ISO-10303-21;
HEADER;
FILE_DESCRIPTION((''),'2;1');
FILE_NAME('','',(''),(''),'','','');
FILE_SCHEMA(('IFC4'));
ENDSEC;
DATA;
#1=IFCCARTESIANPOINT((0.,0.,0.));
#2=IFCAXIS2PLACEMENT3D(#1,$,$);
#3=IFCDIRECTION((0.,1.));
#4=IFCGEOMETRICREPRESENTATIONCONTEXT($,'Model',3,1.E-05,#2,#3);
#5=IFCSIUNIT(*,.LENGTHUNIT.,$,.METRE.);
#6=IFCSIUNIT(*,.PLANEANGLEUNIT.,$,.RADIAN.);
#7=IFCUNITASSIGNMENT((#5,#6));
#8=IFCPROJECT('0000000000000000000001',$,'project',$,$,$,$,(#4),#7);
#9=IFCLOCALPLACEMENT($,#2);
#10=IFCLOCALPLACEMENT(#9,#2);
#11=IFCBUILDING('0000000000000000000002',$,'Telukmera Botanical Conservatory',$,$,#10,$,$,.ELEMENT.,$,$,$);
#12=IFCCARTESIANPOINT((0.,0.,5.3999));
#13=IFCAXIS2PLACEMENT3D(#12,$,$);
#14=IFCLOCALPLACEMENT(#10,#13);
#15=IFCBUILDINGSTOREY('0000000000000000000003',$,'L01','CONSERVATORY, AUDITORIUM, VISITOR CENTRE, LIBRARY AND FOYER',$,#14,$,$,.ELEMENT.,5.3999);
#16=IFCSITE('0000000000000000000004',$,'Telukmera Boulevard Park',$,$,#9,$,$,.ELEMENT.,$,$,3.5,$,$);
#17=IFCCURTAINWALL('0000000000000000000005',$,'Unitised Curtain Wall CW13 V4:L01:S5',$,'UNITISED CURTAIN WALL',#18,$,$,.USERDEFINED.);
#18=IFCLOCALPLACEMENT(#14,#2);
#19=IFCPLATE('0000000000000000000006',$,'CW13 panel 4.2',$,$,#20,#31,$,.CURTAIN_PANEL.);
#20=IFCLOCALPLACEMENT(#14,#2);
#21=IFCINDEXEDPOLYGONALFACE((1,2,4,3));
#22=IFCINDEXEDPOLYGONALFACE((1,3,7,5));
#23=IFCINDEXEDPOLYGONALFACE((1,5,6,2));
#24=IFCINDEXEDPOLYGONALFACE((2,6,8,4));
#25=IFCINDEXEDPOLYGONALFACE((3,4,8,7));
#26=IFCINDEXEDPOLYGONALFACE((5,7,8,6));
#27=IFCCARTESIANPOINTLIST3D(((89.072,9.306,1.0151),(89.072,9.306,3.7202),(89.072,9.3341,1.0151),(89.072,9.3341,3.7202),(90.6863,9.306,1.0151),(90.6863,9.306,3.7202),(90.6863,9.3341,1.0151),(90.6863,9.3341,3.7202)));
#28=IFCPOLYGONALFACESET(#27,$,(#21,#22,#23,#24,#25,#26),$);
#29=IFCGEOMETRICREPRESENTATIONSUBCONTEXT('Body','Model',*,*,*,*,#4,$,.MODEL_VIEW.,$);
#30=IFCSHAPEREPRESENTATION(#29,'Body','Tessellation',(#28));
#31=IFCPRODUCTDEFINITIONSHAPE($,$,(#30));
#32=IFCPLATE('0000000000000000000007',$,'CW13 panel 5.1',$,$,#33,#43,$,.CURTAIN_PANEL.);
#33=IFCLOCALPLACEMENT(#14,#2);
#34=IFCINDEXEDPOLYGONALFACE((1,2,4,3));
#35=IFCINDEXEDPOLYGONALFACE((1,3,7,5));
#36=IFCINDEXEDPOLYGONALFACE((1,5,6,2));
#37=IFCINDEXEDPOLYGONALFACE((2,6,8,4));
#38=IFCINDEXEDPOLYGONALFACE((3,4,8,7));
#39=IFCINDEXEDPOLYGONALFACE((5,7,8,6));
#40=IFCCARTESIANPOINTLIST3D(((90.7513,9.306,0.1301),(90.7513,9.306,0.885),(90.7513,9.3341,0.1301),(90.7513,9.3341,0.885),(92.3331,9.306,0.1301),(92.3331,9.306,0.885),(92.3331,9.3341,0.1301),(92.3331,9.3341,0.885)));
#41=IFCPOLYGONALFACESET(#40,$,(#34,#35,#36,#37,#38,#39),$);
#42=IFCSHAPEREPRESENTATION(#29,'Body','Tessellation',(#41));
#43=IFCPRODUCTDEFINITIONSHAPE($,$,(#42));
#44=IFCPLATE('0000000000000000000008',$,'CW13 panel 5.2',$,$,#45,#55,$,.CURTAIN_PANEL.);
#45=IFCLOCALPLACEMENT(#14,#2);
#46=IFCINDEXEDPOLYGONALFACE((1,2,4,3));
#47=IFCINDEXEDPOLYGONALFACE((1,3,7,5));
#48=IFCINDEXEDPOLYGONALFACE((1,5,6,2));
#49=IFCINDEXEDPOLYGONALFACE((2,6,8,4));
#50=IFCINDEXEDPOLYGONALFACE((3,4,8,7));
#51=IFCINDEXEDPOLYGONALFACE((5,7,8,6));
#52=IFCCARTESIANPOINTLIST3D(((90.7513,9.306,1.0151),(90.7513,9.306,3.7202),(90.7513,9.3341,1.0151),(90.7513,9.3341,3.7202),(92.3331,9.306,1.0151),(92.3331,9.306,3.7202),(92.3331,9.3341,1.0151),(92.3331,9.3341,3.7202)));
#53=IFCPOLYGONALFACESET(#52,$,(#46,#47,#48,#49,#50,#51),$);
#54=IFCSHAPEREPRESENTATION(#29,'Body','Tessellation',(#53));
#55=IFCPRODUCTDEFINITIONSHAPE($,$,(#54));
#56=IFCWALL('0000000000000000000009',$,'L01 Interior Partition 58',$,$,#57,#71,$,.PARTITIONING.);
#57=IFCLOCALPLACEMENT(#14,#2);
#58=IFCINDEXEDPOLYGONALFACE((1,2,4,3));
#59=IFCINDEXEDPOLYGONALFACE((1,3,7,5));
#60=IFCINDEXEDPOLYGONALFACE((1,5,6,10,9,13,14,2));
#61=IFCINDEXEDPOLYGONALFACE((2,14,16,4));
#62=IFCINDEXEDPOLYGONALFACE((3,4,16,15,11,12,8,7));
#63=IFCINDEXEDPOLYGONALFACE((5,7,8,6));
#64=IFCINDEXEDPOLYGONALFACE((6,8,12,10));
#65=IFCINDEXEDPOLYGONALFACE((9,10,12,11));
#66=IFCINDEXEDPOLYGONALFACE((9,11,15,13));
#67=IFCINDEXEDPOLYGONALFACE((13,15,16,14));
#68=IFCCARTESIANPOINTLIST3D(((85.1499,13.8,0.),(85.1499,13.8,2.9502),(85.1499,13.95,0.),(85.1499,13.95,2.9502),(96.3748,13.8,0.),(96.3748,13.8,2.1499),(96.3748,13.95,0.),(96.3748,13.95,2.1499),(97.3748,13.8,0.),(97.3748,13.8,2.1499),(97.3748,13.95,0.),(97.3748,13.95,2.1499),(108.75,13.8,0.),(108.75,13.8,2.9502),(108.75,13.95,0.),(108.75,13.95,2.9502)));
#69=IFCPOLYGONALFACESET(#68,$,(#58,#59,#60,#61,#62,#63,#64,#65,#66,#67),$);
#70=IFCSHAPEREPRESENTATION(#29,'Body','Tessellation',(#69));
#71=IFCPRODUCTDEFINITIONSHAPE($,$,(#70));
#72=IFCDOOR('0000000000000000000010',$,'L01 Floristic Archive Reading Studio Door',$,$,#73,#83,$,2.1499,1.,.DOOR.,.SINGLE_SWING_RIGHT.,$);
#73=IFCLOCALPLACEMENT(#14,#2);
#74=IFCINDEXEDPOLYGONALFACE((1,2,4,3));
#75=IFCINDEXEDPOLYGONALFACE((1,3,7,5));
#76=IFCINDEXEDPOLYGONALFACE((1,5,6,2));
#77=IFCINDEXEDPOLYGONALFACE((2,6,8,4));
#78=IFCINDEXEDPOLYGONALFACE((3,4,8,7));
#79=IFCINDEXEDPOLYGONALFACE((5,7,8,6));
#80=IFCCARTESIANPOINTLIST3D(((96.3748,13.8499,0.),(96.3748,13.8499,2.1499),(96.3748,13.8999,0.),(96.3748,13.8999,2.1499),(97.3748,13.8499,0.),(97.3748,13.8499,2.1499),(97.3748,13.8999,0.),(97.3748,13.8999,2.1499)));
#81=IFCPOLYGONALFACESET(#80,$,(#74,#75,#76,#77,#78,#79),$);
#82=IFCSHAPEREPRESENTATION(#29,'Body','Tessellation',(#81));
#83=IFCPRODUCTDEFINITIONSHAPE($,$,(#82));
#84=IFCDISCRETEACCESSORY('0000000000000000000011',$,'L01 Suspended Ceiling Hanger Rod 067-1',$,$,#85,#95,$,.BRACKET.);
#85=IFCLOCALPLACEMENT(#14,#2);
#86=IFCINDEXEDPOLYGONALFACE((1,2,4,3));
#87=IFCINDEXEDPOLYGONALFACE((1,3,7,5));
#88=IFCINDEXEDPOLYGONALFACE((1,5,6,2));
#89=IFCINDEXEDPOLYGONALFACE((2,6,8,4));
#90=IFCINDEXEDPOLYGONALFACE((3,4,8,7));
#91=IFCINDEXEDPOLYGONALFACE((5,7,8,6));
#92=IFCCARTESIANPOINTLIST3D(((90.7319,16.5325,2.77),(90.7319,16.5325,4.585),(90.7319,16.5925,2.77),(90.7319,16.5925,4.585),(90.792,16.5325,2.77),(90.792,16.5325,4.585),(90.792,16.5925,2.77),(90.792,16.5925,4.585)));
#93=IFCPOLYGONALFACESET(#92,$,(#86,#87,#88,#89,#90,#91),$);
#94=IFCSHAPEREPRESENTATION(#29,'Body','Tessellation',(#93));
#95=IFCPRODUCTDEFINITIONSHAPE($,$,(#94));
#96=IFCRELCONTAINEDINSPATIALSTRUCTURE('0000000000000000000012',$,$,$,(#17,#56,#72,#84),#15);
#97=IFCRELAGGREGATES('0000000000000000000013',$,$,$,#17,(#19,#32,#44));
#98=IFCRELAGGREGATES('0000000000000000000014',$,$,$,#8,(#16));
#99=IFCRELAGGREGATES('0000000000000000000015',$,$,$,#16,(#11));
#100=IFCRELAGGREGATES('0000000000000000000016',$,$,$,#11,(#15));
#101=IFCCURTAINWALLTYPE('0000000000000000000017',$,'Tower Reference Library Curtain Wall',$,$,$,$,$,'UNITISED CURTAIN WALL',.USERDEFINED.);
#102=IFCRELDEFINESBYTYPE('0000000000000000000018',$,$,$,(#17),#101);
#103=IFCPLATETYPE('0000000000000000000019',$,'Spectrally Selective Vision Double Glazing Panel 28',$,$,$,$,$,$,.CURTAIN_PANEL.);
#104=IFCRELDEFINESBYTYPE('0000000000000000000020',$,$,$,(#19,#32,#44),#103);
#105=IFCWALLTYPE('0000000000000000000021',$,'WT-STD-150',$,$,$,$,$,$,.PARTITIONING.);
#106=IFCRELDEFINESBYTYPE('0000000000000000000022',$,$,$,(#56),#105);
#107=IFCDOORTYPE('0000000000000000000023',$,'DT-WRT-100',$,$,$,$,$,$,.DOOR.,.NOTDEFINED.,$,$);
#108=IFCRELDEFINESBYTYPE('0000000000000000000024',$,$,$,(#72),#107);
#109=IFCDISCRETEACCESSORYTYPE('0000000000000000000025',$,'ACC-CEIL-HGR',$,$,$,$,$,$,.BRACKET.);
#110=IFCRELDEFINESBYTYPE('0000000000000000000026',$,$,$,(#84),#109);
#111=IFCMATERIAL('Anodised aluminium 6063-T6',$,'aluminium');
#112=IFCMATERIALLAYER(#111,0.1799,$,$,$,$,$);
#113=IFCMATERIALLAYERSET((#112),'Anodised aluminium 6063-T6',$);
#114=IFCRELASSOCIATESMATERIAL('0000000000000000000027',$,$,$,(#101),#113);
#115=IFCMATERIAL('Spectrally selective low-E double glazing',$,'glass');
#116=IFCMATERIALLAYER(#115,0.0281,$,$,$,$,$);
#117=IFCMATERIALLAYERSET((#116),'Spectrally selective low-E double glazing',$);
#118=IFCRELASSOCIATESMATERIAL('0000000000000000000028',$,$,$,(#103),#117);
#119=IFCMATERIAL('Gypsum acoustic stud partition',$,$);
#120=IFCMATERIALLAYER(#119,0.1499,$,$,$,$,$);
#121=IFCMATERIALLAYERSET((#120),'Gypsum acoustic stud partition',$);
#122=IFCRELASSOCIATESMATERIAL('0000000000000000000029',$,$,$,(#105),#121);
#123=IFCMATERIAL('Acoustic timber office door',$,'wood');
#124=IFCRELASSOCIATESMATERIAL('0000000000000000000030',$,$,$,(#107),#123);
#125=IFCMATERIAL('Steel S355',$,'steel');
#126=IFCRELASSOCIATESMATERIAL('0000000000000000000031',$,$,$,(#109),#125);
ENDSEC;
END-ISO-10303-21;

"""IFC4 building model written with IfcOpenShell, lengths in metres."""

from ifc_helpers import new_model, si_unit, direction, frame, frame_2d, origin, origin_2d, place, context, subcontext, project, spatial, rectangle, extrude, material, layer, layer_set, type_object, element, fill, aggregate, save


model = new_model("IFC4")

# Units and contexts
model_context = context("Model", 3, precision=1e-05, world=origin(), true_north=direction((0.0, 1.0)))
body_context = subcontext(model_context, "Body", "Model", "MODEL_VIEW")
ifc_project = project(units=[si_unit("LENGTHUNIT", "METRE"), si_unit("PLANEANGLEUNIT", "RADIAN")], contexts=[model_context])

# Site, building, storey
site_placement = place(None, origin())
site = spatial("IfcSite", under=ifc_project, at=site_placement, Name="Telukmera Boulevard Park", CompositionType="ELEMENT", RefElevation=3.5)
building_placement = place(site_placement, origin())
building = spatial("IfcBuilding", under=site, at=building_placement, Name="Telukmera Botanical Conservatory", CompositionType="ELEMENT")
storey_placement = place(building_placement, frame((0.0, 0.0, 5.3999)))
storey = spatial("IfcBuildingStorey", under=building, at=storey_placement, Name="L01", Description="CONSERVATORY, AUDITORIUM, VISITOR CENTRE, LIBRARY AND FOYER", CompositionType="ELEMENT", Elevation=5.3999)

# Curtain wall
ifc_material_1 = material(Name="Anodised aluminium 6063-T6", Category="aluminium")
ifc_layer_1 = layer(ifc_material_1, 0.1799)
ifc_layer_set_1 = layer_set([ifc_layer_1], Name="Anodised aluminium 6063-T6")
curtain_wall_type = type_object("IfcCurtainWallType", Name="Tower Reference Library Curtain Wall", ElementType="UNITISED CURTAIN WALL", PredefinedType="USERDEFINED", material=ifc_layer_set_1)
curtain_wall_1_placement = place(storey_placement, origin())
curtain_wall_1 = element("IfcCurtainWall", 1, at=curtain_wall_1_placement, inside=storey, type_object=curtain_wall_type, Name="Unitised Curtain Wall CW13 V4:L01:S5", ObjectType="UNITISED CURTAIN WALL", PredefinedType="USERDEFINED")

# Plates
ifc_material_2 = material(Name="Spectrally selective low-E double glazing", Category="glass")
ifc_layer_2 = layer(ifc_material_2, 0.0281)
ifc_layer_set_2 = layer_set([ifc_layer_2], Name="Spectrally selective low-E double glazing")
plate_type = type_object("IfcPlateType", Name="Spectrally Selective Vision Double Glazing Panel 28", PredefinedType="CURTAIN_PANEL", material=ifc_layer_set_2)
plate_1_placement = place(storey_placement, frame((89.8792, 9.3201, 1.0151), z_axis=(0.0, 0.0, 1.0), x_axis=(1.0, 0.0, 0.0)))
plate_1 = element("IfcPlate", 2, at=plate_1_placement, type_object=plate_type, Name="CW13 panel 4.2", PredefinedType="CURTAIN_PANEL", context=body_context, shape_type="SweptSolid", body=[
    extrude(rectangle(XDim=1.6143, YDim=0.0281, at=origin_2d()), origin(), (0.0, 0.0, 1.0), 2.7051),
])
plate_2_placement = place(storey_placement, frame((91.5422, 9.3201, 0.1301), z_axis=(0.0, 0.0, 1.0), x_axis=(1.0, 0.0, 0.0)))
plate_2 = element("IfcPlate", 3, at=plate_2_placement, type_object=plate_type, Name="CW13 panel 5.1", PredefinedType="CURTAIN_PANEL", context=body_context, shape_type="SweptSolid", body=[
    extrude(rectangle(XDim=1.5818, YDim=0.0281, at=origin_2d()), origin(), (0.0, 0.0, 1.0), 0.7549),
])
plate_3_placement = place(storey_placement, frame((91.5422, 9.3201, 1.0151), z_axis=(0.0, 0.0, 1.0), x_axis=(1.0, 0.0, 0.0)))
plate_3 = element("IfcPlate", 4, at=plate_3_placement, type_object=plate_type, Name="CW13 panel 5.2", PredefinedType="CURTAIN_PANEL", context=body_context, shape_type="SweptSolid", body=[
    extrude(rectangle(XDim=1.5818, YDim=0.0281, at=origin_2d()), origin(), (0.0, 0.0, 1.0), 2.7051),
])
aggregate(curtain_wall_1, [plate_1, plate_2, plate_3])

# Wall, opening, door
ifc_material_3 = material(Name="Gypsum acoustic stud partition")
ifc_layer_3 = layer(ifc_material_3, 0.1499)
ifc_layer_set_3 = layer_set([ifc_layer_3], Name="Gypsum acoustic stud partition")
wall_type = type_object("IfcWallType", Name="WT-STD-150", PredefinedType="PARTITIONING", material=ifc_layer_set_3)
wall_1_placement = place(storey_placement, frame((85.1499, 13.875, 0.0), z_axis=(0.0, 0.0, 1.0), x_axis=(1.0, 0.0, 0.0)))
wall_1 = element("IfcWall", 5, at=wall_1_placement, inside=storey, type_object=wall_type, Name="L01 Interior Partition 58", PredefinedType="PARTITIONING", context=body_context, shape_type="SweptSolid", body=[
    extrude(rectangle(XDim=23.6001, YDim=0.1499, at=frame_2d((11.8, 0.0))), origin(), (0.0, 0.0, 1.0), 2.9502),
])
opening_placement = place(wall_1_placement, frame((11.2249, 0.0, 0.0)))
opening = element("IfcOpeningElement", 6, at=opening_placement, cuts=wall_1, PredefinedType="OPENING", context=body_context, shape_type="SweptSolid", body=[
    extrude(rectangle(XDim=1.0, YDim=2.1499, at=frame_2d((0.5, 1.075))), frame((0.0, 0.085, 0.0), z_axis=(0.0, -1.0, 0.0), x_axis=(1.0, 0.0, 0.0)), (0.0, 0.0, 1.0), 0.1699),
])
ifc_material_4 = material(Name="Acoustic timber office door", Category="wood")
door_type = type_object("IfcDoorType", Name="DT-WRT-100", OperationType="NOTDEFINED", PredefinedType="DOOR", material=ifc_material_4)
door_placement = place(opening_placement, origin())
door = element("IfcDoor", 7, at=door_placement, inside=storey, type_object=door_type, Name="L01 Floristic Archive Reading Studio Door", OperationType="SINGLE_SWING_RIGHT", OverallHeight=2.1499, OverallWidth=1.0, PredefinedType="DOOR", context=body_context, shape_type="SweptSolid", body=[
    extrude(rectangle(XDim=1.0, YDim=2.1499, at=frame_2d((0.5, 1.075))), frame((0.0, 0.0249, 0.0), z_axis=(0.0, -1.0, 0.0), x_axis=(1.0, 0.0, 0.0)), (0.0, 0.0, 1.0), 0.05),
])
fill(opening, door)

# Discrete accessory
ifc_material_5 = material(Name="Steel S355", Category="steel")
discrete_accessory_type = type_object("IfcDiscreteAccessoryType", Name="ACC-CEIL-HGR", PredefinedType="BRACKET", material=ifc_material_5)
discrete_accessory_placement = place(storey_placement, frame((90.762, 16.5625, 2.77), z_axis=(0.0, 0.0, 1.0), x_axis=(1.0, 0.0, 0.0)))
element("IfcDiscreteAccessory", 8, at=discrete_accessory_placement, inside=storey, type_object=discrete_accessory_type, Name="L01 Suspended Ceiling Hanger Rod 067-1", PredefinedType="BRACKET", context=body_context, shape_type="SweptSolid", body=[
    extrude(rectangle(XDim=0.0601, YDim=0.0601, at=origin_2d()), origin(), (0.0, 0.0, 1.0), 1.8149),
])

save(model, "model.ifc")
